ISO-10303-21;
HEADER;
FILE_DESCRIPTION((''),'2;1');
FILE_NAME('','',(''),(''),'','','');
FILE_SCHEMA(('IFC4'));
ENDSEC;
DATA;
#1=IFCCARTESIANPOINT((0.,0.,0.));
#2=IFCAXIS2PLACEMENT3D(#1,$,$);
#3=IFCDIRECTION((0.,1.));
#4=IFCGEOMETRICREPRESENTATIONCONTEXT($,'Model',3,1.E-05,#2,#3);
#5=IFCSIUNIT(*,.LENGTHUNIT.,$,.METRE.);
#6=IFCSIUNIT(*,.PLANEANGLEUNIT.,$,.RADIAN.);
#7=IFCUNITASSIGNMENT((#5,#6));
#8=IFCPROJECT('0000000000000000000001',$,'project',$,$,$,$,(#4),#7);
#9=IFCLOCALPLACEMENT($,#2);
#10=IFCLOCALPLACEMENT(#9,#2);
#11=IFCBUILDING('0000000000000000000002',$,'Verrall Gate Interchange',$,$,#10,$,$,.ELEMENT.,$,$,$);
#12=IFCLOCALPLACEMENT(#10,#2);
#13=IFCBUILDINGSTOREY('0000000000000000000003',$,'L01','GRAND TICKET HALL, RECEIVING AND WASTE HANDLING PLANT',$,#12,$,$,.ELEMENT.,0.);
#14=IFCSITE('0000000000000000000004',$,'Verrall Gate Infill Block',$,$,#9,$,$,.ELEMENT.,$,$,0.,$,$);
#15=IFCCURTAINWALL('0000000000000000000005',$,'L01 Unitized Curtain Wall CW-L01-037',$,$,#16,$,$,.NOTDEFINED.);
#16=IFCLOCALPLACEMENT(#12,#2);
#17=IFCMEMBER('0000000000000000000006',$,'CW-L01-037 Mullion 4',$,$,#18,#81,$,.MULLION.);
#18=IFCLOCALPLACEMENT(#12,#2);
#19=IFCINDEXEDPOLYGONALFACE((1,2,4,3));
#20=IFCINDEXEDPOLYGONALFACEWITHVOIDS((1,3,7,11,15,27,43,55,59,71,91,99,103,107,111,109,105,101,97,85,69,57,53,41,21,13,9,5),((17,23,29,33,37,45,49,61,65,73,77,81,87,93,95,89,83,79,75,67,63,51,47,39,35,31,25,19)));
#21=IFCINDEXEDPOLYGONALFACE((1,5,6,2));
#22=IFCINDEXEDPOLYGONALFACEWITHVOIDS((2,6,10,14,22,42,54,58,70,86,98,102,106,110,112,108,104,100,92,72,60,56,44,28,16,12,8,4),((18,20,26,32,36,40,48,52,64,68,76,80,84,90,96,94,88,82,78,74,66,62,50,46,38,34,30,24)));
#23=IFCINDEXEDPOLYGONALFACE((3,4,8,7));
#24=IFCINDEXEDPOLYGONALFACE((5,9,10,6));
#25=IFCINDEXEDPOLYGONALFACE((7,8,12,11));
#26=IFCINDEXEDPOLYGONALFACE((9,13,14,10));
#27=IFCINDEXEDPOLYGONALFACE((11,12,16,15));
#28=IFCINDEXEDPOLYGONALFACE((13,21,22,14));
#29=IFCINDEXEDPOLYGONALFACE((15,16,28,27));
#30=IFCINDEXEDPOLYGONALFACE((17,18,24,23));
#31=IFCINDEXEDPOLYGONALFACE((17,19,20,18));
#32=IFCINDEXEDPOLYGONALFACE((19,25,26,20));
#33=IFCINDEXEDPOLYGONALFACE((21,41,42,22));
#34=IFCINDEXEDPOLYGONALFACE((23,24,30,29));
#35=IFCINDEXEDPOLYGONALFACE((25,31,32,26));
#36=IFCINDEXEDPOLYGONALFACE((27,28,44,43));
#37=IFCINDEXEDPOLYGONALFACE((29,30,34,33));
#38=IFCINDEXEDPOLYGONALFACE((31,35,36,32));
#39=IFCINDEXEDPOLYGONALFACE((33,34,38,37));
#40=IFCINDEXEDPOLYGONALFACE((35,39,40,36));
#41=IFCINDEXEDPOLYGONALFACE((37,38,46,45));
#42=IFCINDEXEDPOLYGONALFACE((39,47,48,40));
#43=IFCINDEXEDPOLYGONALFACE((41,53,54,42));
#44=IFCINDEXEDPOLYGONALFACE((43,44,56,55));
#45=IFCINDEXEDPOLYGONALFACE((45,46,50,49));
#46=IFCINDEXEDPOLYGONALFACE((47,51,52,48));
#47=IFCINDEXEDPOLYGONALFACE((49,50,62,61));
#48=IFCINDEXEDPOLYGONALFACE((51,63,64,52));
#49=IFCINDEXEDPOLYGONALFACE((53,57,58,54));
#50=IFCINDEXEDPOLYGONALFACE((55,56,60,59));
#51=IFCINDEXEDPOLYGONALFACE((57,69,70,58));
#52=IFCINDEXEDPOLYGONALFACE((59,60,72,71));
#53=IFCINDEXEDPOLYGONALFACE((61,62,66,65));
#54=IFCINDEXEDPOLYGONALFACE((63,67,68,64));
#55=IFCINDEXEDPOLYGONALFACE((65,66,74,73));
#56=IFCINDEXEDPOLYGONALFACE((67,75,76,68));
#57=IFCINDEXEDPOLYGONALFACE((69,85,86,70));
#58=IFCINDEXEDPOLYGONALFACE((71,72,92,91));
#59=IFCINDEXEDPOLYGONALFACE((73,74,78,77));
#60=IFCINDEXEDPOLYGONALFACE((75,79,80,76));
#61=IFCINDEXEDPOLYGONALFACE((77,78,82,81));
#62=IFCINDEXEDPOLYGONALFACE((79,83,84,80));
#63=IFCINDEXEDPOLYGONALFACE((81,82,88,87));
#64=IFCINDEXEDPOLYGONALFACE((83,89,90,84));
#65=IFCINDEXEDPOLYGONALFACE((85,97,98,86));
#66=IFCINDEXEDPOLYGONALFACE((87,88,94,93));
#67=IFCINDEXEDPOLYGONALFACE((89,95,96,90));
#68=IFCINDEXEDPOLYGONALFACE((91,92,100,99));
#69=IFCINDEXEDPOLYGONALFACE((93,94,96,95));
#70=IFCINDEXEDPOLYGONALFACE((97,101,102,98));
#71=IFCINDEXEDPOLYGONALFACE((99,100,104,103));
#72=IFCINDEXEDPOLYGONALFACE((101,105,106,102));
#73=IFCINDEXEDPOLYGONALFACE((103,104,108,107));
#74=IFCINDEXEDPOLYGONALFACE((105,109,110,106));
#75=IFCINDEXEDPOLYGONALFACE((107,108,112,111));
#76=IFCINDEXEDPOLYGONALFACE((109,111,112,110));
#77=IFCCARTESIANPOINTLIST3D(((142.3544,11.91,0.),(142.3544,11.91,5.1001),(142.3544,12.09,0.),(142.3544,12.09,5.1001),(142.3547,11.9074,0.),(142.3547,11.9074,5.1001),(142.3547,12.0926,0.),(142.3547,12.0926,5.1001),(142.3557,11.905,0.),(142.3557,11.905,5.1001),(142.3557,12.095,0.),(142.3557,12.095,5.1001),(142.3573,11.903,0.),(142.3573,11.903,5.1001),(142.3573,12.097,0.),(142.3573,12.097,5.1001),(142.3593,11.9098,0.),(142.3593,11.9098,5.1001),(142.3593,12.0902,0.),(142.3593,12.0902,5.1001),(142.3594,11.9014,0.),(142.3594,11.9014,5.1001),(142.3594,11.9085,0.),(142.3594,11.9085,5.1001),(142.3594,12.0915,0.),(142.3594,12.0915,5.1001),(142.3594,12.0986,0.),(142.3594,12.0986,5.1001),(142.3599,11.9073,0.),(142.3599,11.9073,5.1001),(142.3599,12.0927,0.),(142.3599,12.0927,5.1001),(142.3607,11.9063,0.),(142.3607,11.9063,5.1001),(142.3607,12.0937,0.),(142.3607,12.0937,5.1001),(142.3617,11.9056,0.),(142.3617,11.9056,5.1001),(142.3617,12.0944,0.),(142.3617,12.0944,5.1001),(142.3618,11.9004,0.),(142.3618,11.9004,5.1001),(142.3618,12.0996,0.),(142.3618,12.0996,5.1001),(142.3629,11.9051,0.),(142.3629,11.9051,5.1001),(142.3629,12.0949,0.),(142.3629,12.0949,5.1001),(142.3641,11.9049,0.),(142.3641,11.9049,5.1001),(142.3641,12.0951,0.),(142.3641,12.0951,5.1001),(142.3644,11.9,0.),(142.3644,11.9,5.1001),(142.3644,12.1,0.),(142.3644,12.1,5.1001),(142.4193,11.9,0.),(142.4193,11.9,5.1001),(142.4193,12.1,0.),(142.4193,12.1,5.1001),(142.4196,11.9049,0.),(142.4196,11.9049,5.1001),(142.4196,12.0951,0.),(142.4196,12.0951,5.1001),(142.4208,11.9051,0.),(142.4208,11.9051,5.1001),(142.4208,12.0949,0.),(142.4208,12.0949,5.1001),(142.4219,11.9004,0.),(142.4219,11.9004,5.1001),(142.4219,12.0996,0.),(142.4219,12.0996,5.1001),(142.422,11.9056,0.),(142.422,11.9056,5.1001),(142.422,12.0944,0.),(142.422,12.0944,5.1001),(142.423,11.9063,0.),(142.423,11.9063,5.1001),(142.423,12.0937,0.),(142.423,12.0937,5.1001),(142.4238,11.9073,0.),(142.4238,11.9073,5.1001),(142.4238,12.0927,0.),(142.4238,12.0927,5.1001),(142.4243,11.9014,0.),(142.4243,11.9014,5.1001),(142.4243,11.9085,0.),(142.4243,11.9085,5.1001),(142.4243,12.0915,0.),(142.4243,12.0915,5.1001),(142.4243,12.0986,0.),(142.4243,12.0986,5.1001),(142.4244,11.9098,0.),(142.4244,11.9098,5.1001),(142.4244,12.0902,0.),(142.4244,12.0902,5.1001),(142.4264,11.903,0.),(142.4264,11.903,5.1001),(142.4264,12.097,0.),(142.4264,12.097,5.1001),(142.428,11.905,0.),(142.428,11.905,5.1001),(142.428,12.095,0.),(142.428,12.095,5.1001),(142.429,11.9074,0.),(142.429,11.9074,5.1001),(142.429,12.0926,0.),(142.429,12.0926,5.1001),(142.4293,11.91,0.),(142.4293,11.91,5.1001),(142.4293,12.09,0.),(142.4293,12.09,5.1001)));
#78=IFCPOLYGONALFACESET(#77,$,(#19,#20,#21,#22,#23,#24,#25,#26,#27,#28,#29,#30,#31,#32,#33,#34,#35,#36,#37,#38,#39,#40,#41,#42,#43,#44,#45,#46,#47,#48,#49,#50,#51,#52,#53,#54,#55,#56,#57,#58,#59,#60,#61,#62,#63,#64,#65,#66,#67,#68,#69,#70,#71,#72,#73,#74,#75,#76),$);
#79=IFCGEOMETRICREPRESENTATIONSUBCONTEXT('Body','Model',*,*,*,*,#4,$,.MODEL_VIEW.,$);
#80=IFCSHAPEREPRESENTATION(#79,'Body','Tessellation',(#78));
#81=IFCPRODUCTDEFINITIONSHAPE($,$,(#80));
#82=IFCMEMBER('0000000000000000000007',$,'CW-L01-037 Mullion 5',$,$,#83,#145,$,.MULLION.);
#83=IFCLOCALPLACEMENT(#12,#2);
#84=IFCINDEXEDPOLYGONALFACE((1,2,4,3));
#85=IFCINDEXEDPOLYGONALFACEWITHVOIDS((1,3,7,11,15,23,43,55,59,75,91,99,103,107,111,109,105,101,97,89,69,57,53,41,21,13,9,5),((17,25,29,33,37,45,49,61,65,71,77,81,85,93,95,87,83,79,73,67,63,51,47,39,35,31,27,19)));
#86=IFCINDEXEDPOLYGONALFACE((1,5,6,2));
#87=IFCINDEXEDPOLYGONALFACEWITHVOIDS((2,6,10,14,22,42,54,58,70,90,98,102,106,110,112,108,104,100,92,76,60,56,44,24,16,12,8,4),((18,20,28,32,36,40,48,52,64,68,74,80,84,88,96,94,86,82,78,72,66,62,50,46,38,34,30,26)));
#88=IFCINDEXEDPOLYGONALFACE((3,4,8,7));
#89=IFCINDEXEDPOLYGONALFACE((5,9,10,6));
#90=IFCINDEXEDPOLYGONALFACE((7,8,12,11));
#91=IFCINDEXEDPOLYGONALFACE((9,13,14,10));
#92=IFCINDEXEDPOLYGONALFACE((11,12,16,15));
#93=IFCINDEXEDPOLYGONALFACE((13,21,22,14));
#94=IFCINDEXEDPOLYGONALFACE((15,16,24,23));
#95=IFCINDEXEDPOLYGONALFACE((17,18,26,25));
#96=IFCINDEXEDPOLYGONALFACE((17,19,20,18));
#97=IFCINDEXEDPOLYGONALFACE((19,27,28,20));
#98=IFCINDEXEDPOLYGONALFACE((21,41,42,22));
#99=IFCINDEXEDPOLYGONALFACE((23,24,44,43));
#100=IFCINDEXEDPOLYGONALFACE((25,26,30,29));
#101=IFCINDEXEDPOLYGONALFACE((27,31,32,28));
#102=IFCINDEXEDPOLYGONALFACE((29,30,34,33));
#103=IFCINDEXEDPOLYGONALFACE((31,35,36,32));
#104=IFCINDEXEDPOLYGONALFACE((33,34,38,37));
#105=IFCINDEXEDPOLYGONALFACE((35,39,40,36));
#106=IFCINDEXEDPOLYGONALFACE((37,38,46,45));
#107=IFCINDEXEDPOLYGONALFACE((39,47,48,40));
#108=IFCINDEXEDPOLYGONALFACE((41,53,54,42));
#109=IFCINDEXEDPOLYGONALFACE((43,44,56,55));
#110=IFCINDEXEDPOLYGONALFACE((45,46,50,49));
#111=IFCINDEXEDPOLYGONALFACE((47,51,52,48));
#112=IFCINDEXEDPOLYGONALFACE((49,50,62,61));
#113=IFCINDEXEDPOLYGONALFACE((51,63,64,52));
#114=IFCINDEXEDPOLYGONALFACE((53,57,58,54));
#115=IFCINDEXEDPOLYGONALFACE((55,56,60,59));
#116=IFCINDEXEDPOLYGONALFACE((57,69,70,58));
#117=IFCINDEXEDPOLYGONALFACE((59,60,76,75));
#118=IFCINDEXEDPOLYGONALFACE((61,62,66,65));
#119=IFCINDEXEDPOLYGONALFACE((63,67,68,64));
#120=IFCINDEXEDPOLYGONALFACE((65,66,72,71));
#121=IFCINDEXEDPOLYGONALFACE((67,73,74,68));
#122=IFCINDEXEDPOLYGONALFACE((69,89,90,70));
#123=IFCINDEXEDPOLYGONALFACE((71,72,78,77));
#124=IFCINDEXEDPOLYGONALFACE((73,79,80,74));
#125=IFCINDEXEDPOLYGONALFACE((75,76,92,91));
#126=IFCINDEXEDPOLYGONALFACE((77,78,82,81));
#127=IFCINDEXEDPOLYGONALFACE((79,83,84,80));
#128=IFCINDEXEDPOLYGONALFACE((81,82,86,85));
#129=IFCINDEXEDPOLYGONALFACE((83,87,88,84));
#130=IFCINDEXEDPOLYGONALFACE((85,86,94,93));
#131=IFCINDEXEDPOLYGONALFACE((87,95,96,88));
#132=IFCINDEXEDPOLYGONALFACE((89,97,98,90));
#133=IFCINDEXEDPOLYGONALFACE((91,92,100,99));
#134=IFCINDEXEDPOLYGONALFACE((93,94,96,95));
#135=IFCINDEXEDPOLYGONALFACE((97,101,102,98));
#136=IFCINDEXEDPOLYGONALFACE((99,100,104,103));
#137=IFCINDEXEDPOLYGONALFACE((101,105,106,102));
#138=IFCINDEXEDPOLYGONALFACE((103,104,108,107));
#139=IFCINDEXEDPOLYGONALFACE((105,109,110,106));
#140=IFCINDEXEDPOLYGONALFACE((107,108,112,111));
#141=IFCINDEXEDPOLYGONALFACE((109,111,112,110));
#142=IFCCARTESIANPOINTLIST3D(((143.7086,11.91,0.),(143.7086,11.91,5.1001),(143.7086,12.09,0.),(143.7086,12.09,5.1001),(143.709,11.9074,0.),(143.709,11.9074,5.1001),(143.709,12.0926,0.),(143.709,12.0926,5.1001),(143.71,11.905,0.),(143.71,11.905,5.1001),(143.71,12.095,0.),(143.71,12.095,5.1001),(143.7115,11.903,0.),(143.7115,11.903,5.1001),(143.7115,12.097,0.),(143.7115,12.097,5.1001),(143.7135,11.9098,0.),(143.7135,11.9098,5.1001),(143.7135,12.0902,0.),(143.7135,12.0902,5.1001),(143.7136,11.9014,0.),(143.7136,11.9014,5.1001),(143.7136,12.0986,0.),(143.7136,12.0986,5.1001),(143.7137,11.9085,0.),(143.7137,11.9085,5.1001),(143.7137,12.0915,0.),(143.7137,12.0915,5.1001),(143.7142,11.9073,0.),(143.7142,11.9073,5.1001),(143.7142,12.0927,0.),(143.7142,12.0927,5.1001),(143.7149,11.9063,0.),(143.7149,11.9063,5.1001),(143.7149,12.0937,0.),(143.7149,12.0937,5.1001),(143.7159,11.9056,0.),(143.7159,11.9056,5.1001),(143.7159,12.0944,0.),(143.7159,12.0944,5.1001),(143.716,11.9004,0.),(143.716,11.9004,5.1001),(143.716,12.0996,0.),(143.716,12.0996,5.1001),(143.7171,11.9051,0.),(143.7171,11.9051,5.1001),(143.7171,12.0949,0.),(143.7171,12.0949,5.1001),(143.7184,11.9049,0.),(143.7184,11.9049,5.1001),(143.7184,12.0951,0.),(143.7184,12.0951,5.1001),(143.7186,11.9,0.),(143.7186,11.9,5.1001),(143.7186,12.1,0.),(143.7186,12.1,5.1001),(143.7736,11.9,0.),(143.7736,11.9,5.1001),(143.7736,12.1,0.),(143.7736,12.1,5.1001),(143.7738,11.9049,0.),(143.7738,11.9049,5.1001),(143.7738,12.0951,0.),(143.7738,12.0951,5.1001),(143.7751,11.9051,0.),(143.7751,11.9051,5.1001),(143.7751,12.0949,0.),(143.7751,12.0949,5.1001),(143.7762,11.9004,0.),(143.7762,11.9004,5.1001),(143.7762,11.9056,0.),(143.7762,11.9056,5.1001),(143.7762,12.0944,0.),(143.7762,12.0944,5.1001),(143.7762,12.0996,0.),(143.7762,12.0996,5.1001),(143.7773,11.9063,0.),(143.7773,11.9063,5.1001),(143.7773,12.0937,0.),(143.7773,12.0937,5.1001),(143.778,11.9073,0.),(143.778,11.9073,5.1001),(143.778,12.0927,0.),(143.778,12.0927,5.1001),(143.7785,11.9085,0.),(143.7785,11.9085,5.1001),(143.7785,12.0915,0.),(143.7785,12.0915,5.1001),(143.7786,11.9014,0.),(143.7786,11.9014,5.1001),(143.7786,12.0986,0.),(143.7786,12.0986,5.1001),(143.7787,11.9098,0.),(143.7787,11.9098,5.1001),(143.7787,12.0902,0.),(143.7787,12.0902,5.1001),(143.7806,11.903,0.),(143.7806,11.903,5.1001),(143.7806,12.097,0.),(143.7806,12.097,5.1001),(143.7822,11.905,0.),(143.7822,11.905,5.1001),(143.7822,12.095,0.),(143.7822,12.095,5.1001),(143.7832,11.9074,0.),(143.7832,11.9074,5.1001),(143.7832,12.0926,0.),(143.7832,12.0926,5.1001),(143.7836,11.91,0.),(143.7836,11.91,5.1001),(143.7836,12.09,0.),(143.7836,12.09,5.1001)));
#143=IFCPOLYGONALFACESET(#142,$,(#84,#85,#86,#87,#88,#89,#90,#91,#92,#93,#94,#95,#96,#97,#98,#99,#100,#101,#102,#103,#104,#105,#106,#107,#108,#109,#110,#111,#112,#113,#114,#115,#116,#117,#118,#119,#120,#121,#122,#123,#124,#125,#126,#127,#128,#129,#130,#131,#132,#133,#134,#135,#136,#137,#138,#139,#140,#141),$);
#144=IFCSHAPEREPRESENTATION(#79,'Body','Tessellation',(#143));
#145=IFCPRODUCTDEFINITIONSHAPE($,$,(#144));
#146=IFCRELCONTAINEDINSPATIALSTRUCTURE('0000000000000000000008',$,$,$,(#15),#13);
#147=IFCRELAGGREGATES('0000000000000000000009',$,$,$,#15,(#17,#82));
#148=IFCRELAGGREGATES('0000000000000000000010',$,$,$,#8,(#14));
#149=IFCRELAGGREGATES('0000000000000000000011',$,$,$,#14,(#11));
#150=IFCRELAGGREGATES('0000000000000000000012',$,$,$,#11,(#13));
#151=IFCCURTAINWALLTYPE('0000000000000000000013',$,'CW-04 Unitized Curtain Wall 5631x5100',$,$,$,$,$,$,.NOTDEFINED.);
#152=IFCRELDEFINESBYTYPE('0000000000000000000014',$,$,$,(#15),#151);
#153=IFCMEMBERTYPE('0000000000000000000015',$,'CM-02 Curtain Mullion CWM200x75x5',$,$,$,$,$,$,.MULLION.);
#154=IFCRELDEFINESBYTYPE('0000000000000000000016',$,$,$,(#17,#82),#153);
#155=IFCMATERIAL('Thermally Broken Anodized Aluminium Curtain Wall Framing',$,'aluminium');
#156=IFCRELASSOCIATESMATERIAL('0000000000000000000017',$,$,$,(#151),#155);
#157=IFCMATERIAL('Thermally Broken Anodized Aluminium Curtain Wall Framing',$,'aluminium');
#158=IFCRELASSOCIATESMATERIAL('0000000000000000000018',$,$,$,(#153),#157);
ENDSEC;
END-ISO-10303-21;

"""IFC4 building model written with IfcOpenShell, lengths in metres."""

from ifc_helpers import new_model, si_unit, direction, frame, origin, origin_2d, place, context, subcontext, project, spatial, hollow_rectangle, extrude, material, material_profile, profile_set, type_object, element, aggregate, save


model = new_model("IFC4")

# Units and contexts
model_context = context("Model", 3, precision=1e-05, world=origin(), true_north=direction((0.0, 1.0)))
body_context = subcontext(model_context, "Body", "Model", "MODEL_VIEW")
ifc_project = project(units=[si_unit("LENGTHUNIT", "METRE"), si_unit("PLANEANGLEUNIT", "RADIAN")], contexts=[model_context])

# Site, building, storey
site_placement = place(None, origin())
site = spatial("IfcSite", under=ifc_project, at=site_placement, Name="Verrall Gate Infill Block", CompositionType="ELEMENT", RefElevation=0.0)
building_placement = place(site_placement, origin())
building = spatial("IfcBuilding", under=site, at=building_placement, Name="Verrall Gate Interchange", CompositionType="ELEMENT")
storey_placement = place(building_placement, origin())
storey = spatial("IfcBuildingStorey", under=building, at=storey_placement, Name="L01", Description="GRAND TICKET HALL, RECEIVING AND WASTE HANDLING PLANT", CompositionType="ELEMENT", Elevation=0.0)

# Curtain wall, members
ifc_material_1 = material(Name="Thermally Broken Anodized Aluminium Curtain Wall Framing", Category="aluminium")
curtain_wall_type = type_object("IfcCurtainWallType", Name="CW-04 Unitized Curtain Wall 5631x5100", PredefinedType="NOTDEFINED", material=ifc_material_1)
curtain_wall_1_placement = place(storey_placement, origin())
curtain_wall_1 = element("IfcCurtainWall", 1, at=curtain_wall_1_placement, inside=storey, type_object=curtain_wall_type, Name="L01 Unitized Curtain Wall CW-L01-037", PredefinedType="NOTDEFINED")
ifc_material_2 = material(Name="Thermally Broken Anodized Aluminium Curtain Wall Framing", Category="aluminium")
ifc_material_profile_1 = material_profile(ifc_material_2, hollow_rectangle(XDim=0.075, YDim=0.2, WallThickness=0.0049, InnerFilletRadius=0.0049, OuterFilletRadius=0.01, at=origin_2d()), Name="CWM200x75x5")
ifc_profile_set_1 = profile_set([ifc_material_profile_1], Name="Thermally Broken Anodized Aluminium Curtain Wall Framing")
member_type_1 = type_object("IfcMemberType", Name="CM-02 Curtain Mullion CWM200x75x5", PredefinedType="MULLION", material=ifc_profile_set_1)
member_1_placement = place(storey_placement, frame((142.3918, 12.0, 0.0), z_axis=(0.0, 0.0, 1.0), x_axis=(1.0, 0.0, 0.0)))
member_1 = element("IfcMember", 2, at=member_1_placement, type_object=member_type_1, Name="CW-L01-037 Mullion 4", PredefinedType="MULLION", context=body_context, shape_type="SweptSolid", body=[
    extrude(hollow_rectangle(XDim=0.075, YDim=0.2, WallThickness=0.0049, InnerFilletRadius=0.0049, OuterFilletRadius=0.01, at=origin_2d()), origin(), (0.0, 0.0, 1.0), 5.1001),
])
member_2_placement = place(storey_placement, frame((143.7461, 12.0, 0.0), z_axis=(0.0, 0.0, 1.0), x_axis=(1.0, 0.0, 0.0)))
member_2 = element("IfcMember", 3, at=member_2_placement, type_object=member_type_1, Name="CW-L01-037 Mullion 5", PredefinedType="MULLION", context=body_context, shape_type="SweptSolid", body=[
    extrude(hollow_rectangle(XDim=0.075, YDim=0.2, WallThickness=0.0049, InnerFilletRadius=0.0049, OuterFilletRadius=0.01, at=origin_2d()), origin(), (0.0, 0.0, 1.0), 5.1001),
])

aggregate(curtain_wall_1, [member_1, member_2])

save(model, "model.ifc")
